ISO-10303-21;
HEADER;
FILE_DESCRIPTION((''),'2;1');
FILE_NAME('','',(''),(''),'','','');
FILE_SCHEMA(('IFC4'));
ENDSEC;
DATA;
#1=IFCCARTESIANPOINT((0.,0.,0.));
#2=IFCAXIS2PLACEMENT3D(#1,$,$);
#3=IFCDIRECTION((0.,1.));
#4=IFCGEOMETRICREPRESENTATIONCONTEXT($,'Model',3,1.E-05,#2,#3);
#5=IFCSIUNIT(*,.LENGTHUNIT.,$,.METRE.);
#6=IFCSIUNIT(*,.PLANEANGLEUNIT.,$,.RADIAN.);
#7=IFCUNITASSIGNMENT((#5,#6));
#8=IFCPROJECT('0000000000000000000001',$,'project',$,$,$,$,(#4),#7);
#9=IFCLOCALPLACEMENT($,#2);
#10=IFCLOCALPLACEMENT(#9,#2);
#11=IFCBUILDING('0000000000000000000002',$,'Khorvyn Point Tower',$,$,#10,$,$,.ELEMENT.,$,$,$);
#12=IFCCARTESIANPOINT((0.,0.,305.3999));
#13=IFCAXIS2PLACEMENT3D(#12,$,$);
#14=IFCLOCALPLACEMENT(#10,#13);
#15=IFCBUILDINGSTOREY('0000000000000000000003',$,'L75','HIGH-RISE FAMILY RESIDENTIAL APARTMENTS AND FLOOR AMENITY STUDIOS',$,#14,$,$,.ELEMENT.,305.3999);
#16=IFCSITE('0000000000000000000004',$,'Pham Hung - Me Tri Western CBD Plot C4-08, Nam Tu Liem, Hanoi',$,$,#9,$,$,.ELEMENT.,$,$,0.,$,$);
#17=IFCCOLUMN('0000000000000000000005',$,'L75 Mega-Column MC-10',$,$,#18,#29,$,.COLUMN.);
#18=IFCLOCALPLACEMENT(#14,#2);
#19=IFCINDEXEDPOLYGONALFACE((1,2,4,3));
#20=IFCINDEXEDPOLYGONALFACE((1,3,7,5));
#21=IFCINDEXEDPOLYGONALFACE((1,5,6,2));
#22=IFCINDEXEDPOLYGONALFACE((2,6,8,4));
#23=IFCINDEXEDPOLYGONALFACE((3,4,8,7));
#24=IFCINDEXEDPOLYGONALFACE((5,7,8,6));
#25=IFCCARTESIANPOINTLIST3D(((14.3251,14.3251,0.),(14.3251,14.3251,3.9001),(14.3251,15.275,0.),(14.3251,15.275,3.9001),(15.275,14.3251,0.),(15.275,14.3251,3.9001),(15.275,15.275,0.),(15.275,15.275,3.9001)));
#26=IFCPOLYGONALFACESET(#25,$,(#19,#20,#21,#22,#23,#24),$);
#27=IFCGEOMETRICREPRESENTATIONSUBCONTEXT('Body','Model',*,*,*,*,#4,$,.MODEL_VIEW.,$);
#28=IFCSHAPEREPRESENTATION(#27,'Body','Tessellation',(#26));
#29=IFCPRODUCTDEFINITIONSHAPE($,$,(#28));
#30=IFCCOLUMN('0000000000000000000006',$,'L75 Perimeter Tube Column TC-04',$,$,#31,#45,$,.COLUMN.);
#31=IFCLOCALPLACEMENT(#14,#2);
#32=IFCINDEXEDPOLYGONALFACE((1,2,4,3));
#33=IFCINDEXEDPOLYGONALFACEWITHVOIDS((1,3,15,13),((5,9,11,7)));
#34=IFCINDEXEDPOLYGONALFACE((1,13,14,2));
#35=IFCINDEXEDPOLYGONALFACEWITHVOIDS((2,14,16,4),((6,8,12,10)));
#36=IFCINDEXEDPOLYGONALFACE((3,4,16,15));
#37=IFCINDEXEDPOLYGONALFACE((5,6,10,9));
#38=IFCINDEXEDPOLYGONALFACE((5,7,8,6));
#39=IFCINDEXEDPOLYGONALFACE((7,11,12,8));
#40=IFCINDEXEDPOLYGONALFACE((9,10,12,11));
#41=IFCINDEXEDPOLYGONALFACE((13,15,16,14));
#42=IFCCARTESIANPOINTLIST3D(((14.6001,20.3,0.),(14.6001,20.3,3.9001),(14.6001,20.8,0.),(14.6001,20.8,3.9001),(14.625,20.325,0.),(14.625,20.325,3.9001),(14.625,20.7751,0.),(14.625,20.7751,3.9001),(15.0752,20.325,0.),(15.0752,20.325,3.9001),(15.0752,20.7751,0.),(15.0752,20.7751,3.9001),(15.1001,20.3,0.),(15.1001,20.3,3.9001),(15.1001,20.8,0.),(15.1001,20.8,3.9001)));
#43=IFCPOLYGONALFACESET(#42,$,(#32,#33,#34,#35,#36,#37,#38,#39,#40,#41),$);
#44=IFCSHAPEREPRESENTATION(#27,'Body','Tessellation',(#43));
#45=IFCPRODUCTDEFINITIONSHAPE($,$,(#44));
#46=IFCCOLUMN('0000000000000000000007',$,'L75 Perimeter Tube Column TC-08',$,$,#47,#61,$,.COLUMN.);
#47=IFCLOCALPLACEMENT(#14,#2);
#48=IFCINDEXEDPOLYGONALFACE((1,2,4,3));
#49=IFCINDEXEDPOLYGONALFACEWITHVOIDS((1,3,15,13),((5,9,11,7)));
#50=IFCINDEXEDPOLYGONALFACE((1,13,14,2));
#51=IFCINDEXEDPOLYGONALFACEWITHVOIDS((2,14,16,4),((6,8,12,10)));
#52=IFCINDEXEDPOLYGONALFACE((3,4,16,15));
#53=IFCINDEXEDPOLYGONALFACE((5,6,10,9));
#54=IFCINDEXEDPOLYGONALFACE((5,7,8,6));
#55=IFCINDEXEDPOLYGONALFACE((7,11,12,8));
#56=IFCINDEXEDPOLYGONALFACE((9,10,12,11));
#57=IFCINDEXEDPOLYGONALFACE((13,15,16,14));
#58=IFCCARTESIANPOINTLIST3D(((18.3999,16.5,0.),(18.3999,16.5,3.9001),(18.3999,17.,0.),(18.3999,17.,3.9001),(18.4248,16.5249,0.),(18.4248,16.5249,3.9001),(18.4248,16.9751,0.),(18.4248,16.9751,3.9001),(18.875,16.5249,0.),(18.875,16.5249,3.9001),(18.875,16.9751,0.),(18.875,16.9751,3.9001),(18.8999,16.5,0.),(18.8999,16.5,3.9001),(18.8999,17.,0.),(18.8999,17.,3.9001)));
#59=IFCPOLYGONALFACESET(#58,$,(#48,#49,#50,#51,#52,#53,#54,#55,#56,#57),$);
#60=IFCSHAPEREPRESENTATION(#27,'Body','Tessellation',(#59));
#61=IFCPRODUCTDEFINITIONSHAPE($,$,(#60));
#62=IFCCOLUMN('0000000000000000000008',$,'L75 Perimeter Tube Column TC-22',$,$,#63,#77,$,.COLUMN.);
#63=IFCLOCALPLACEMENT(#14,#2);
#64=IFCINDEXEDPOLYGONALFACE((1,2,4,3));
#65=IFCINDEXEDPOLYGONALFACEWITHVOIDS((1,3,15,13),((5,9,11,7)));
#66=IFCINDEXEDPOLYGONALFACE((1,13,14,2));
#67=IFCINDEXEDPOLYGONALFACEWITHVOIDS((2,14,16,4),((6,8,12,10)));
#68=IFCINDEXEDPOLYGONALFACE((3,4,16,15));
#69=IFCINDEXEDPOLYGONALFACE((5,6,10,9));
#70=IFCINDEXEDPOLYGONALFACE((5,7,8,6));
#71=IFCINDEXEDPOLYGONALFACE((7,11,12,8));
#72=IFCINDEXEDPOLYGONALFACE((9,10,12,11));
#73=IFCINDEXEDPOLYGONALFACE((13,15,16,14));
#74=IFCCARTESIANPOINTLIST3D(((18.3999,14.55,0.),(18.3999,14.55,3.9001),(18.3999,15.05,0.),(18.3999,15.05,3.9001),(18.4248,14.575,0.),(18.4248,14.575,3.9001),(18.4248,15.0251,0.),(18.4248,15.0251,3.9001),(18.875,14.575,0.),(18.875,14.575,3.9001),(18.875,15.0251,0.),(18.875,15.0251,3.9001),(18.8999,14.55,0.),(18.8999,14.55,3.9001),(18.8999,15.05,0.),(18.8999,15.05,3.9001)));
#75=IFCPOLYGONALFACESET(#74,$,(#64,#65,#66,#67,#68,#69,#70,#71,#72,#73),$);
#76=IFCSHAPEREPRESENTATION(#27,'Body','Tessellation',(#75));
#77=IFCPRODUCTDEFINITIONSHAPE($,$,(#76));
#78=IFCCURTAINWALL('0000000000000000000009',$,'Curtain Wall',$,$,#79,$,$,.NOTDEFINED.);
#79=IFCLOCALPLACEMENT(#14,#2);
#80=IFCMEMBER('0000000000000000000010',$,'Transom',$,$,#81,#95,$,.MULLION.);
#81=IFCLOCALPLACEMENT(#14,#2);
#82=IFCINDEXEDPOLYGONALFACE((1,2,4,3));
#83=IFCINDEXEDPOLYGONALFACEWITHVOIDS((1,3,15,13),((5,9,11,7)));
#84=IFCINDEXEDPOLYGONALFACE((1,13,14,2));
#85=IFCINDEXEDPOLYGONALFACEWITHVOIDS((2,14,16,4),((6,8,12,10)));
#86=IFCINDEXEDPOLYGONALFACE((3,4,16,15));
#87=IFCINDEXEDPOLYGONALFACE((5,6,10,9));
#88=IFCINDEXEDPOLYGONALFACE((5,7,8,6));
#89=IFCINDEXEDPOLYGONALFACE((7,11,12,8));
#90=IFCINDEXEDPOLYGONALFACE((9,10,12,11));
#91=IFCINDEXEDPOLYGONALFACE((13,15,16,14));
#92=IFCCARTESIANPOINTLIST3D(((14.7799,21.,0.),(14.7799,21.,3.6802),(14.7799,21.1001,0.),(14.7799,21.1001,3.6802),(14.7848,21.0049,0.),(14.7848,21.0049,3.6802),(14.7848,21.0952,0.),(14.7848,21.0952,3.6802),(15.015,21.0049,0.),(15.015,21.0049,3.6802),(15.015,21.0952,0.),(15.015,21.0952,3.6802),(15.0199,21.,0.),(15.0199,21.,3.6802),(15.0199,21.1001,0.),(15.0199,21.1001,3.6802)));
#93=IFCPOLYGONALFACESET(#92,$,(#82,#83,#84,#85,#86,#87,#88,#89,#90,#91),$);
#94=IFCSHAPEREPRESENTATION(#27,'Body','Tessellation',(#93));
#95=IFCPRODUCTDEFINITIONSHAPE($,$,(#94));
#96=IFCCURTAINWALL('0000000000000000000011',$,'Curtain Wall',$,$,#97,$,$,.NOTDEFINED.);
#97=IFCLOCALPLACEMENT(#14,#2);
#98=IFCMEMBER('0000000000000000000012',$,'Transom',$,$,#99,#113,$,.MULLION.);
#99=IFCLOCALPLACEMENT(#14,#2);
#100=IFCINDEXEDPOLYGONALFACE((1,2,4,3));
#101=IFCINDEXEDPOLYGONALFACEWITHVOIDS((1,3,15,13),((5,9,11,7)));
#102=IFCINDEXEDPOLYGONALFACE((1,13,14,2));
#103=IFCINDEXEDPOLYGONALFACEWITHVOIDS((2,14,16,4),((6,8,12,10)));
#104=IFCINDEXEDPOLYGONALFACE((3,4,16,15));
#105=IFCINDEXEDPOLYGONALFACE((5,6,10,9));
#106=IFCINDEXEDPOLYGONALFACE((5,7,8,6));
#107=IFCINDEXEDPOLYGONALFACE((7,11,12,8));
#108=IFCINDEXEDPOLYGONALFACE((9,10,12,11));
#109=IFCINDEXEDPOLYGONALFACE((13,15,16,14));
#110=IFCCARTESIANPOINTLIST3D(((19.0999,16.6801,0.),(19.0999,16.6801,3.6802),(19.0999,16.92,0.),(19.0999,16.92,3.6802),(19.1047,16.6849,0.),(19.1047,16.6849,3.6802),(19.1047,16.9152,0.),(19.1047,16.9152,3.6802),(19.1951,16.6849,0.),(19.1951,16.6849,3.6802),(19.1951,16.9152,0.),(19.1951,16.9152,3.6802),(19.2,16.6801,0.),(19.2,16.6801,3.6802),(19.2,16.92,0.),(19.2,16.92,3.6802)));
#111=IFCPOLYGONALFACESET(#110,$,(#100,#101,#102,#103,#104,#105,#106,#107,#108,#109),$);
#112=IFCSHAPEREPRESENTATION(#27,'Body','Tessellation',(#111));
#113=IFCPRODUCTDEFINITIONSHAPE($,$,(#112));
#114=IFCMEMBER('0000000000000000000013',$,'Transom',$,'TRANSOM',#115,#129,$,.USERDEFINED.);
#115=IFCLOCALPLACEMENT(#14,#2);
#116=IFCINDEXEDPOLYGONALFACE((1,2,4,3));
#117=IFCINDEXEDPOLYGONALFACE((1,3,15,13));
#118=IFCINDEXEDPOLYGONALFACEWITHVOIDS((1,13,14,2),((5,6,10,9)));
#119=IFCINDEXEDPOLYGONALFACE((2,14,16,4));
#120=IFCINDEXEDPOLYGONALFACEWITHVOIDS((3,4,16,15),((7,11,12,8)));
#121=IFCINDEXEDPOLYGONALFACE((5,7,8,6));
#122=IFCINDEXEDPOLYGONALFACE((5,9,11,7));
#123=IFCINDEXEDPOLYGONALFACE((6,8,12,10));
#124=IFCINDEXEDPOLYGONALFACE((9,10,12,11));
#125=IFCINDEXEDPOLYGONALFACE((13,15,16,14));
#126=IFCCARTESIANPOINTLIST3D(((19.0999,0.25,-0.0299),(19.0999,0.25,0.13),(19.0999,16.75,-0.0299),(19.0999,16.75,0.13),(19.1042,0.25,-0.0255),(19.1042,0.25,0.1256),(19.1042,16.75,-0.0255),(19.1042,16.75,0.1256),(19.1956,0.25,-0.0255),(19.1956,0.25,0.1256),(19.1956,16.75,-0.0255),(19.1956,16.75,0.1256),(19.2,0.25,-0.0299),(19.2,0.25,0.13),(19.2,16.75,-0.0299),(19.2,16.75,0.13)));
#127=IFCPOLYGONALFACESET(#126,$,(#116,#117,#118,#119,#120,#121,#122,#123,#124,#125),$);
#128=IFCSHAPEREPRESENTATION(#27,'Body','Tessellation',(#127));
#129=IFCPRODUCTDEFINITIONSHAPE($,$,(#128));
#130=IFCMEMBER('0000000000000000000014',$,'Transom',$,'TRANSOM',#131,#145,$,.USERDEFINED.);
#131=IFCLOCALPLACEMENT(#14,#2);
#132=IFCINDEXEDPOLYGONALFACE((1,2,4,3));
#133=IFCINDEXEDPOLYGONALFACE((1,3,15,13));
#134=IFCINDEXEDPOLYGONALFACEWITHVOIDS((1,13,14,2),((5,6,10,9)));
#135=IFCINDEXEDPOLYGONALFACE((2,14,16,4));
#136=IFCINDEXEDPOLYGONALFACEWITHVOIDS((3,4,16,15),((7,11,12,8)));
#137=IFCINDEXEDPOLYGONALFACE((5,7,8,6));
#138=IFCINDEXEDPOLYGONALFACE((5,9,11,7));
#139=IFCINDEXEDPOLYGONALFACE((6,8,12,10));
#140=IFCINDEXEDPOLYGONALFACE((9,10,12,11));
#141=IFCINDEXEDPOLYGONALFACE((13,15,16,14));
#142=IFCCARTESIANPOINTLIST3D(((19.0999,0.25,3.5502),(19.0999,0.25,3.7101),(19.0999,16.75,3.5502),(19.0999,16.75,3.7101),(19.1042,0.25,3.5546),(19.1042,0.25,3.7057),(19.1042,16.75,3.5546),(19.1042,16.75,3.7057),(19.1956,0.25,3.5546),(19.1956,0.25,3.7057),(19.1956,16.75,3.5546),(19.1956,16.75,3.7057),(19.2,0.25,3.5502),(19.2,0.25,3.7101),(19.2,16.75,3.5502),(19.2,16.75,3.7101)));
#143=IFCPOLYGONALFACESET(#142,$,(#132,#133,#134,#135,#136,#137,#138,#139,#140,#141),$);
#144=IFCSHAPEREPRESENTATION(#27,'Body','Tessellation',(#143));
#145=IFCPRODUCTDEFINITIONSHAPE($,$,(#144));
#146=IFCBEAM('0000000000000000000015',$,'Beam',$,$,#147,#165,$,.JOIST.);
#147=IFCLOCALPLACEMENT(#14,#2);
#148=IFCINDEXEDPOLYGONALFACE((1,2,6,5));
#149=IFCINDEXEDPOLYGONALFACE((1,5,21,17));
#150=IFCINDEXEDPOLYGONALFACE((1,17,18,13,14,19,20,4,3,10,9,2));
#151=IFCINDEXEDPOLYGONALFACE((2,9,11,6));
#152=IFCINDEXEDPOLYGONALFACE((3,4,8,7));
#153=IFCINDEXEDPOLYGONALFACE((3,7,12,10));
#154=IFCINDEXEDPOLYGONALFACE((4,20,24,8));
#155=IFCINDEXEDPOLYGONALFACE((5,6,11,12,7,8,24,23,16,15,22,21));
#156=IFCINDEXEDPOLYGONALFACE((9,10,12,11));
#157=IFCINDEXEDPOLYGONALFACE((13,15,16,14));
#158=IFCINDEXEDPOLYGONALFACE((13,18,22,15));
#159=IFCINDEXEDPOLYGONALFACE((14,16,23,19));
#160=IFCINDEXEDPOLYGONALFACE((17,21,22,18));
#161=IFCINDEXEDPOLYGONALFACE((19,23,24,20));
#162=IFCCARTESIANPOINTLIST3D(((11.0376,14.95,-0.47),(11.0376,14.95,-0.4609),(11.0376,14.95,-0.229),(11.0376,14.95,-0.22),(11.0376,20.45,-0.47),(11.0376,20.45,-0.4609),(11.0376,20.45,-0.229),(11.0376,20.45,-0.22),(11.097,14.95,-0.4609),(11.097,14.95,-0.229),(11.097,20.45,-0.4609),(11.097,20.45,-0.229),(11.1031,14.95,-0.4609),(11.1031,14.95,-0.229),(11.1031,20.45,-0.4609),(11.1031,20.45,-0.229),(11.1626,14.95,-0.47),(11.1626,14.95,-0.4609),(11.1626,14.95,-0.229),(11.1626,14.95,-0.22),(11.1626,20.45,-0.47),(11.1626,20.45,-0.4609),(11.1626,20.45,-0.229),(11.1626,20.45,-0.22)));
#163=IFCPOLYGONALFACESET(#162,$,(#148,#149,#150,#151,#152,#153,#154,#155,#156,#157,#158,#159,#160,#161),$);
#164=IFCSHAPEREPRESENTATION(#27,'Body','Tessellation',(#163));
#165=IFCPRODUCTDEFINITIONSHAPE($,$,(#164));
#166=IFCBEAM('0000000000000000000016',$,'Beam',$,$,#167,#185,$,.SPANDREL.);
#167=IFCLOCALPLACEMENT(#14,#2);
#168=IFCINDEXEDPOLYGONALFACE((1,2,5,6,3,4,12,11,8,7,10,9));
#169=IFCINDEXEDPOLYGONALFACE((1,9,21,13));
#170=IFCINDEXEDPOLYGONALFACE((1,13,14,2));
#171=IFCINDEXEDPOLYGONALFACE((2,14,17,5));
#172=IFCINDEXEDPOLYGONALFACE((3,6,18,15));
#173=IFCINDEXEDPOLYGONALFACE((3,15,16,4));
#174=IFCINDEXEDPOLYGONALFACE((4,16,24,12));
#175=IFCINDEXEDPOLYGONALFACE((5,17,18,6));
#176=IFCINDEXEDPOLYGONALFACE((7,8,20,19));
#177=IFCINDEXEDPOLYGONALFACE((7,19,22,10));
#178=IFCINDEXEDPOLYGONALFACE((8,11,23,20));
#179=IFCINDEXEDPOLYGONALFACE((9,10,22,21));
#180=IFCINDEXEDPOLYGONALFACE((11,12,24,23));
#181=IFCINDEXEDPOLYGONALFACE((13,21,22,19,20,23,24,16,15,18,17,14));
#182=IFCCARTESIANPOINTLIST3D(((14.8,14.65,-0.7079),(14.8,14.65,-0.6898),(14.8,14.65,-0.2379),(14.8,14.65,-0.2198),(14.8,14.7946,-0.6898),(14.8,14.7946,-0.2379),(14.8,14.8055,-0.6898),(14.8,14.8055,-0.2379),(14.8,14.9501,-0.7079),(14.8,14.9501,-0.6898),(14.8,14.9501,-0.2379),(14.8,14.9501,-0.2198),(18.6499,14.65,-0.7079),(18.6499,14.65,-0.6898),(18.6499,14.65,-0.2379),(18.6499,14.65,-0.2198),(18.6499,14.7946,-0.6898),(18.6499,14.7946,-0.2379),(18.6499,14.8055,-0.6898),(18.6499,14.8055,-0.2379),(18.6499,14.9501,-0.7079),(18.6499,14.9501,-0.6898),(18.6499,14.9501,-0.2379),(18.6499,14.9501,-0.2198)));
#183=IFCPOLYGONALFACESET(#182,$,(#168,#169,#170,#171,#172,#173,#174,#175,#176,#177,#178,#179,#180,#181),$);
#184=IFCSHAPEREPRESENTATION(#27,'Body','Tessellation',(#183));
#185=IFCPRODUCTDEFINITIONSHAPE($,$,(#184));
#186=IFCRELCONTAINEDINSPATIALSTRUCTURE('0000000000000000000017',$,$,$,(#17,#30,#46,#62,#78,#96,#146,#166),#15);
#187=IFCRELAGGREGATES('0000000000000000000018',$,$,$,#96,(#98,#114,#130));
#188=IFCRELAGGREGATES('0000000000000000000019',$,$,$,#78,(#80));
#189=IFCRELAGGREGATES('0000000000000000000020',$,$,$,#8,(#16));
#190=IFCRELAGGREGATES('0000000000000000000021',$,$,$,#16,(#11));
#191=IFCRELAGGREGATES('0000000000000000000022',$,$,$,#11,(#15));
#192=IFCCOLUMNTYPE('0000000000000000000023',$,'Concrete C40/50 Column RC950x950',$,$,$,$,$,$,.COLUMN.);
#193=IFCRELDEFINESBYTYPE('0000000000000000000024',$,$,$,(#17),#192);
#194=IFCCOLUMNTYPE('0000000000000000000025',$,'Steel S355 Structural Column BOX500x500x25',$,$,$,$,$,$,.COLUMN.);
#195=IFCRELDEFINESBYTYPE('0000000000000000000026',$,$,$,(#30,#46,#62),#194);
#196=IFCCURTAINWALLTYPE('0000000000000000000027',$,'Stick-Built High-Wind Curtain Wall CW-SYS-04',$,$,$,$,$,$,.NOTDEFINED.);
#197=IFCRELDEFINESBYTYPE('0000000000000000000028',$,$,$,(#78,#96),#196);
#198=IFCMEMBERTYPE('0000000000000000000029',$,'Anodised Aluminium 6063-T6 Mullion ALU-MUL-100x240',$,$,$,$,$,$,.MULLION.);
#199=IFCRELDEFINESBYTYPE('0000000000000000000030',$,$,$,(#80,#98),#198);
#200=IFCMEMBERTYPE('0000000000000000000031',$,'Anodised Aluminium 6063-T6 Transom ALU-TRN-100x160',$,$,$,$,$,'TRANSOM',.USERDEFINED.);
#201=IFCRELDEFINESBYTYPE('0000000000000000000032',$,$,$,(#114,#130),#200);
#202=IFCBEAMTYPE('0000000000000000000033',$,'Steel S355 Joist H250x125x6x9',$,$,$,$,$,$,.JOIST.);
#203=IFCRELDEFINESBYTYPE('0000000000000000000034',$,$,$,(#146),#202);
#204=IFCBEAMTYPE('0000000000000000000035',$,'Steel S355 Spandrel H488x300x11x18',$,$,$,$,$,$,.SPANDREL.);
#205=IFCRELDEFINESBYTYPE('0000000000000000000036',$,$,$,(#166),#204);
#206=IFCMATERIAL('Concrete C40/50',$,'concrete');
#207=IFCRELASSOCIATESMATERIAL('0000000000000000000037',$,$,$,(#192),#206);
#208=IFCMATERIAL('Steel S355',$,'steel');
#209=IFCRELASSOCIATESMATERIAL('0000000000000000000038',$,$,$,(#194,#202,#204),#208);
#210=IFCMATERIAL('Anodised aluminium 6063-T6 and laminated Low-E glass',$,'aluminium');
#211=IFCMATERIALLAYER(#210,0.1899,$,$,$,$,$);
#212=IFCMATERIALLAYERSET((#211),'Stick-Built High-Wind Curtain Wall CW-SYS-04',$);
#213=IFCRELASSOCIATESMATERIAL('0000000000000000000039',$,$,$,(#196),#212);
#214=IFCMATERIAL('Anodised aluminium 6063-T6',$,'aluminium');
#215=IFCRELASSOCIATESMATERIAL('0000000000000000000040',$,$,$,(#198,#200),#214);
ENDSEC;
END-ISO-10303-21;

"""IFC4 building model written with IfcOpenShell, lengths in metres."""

from ifc_helpers import new_model, si_unit, direction, frame, origin, origin_2d, place, context, subcontext, project, spatial, rectangle, hollow_rectangle, i_section, extrude, material, layer, layer_set, material_profile, profile_set, type_object, element, aggregate, save


model = new_model("IFC4")

# Units and contexts
model_context = context("Model", 3, precision=1e-05, world=origin(), true_north=direction((0.0, 1.0)))
body_context = subcontext(model_context, "Body", "Model", "MODEL_VIEW")
ifc_project = project(units=[si_unit("LENGTHUNIT", "METRE"), si_unit("PLANEANGLEUNIT", "RADIAN")], contexts=[model_context])

# Site, building, storey
site_placement = place(None, origin())
site = spatial("IfcSite", under=ifc_project, at=site_placement, Name="Pham Hung - Me Tri Western CBD Plot C4-08, Nam Tu Liem, Hanoi", CompositionType="ELEMENT", RefElevation=0.0)
building_placement = place(site_placement, origin())
building = spatial("IfcBuilding", under=site, at=building_placement, Name="Khorvyn Point Tower", CompositionType="ELEMENT")
storey_placement = place(building_placement, frame((0.0, 0.0, 305.3999)))
storey = spatial("IfcBuildingStorey", under=building, at=storey_placement, Name="L75", Description="HIGH-RISE FAMILY RESIDENTIAL APARTMENTS AND FLOOR AMENITY STUDIOS", CompositionType="ELEMENT", Elevation=305.3999)

# Columns
ifc_material_1 = material(Name="Concrete C40/50", Category="concrete")
ifc_material_profile_1 = material_profile(ifc_material_1, rectangle(XDim=0.95, YDim=0.95, at=origin_2d()))
ifc_profile_set_1 = profile_set([ifc_material_profile_1], Name="Concrete C40/50 RC950x950")
column_type_1 = type_object("IfcColumnType", Name="Concrete C40/50 Column RC950x950", PredefinedType="COLUMN", material=ifc_profile_set_1)
column_placement = place(storey_placement, frame((14.8, 14.8, 0.0), z_axis=(0.0, 0.0, 1.0), x_axis=(1.0, 0.0, 0.0)))
element("IfcColumn", 1, at=column_placement, inside=storey, type_object=column_type_1, Name="L75 Mega-Column MC-10", PredefinedType="COLUMN", context=body_context, shape_type="SweptSolid", body=[
    extrude(rectangle(XDim=0.95, YDim=0.95, at=origin_2d()), origin(), (0.0, 0.0, 1.0), 3.9001),
])
ifc_material_2 = material(Name="Steel S355", Category="steel")
ifc_material_profile_2 = material_profile(ifc_material_2, hollow_rectangle(XDim=0.5, YDim=0.5, WallThickness=0.0249, at=origin_2d()))
ifc_profile_set_2 = profile_set([ifc_material_profile_2], Name="Steel S355 BOX500x500x25")
column_type_2 = type_object("IfcColumnType", Name="Steel S355 Structural Column BOX500x500x25", PredefinedType="COLUMN", material=ifc_profile_set_2)
for number, where, z_axis, x_axis, name in (
    (2, (14.8501, 20.55, 0.0), (0.0, 0.0, 1.0), (1.0, 0.0, 0.0), "L75 Perimeter Tube Column TC-04"),
    (3, (18.6499, 16.75, 0.0), (0.0, 0.0, 1.0), (1.0, 0.0, 0.0), "L75 Perimeter Tube Column TC-08"),
    (4, (18.6499, 14.8, 0.0), (0.0, 0.0, 1.0), (1.0, 0.0, 0.0), "L75 Perimeter Tube Column TC-22"),
):
    element("IfcColumn", number, at=place(storey_placement, frame(where, z_axis=z_axis, x_axis=x_axis)), inside=storey, type_object=column_type_2, Name=name, PredefinedType="COLUMN", context=body_context, shape_type="SweptSolid", body=[
        extrude(hollow_rectangle(XDim=0.5, YDim=0.5, WallThickness=0.0249, at=origin_2d()), origin(), (0.0, 0.0, 1.0), 3.9001),
    ])

# Curtain wall, member
ifc_material_3 = material(Name="Anodised aluminium 6063-T6 and laminated Low-E glass", Category="aluminium")
ifc_layer_1 = layer(ifc_material_3, 0.1899)
ifc_layer_set_1 = layer_set([ifc_layer_1], Name="Stick-Built High-Wind Curtain Wall CW-SYS-04")
curtain_wall_type = type_object("IfcCurtainWallType", Name="Stick-Built High-Wind Curtain Wall CW-SYS-04", PredefinedType="NOTDEFINED", material=ifc_layer_set_1)
curtain_wall_1_placement = place(storey_placement, origin())
curtain_wall_1 = element("IfcCurtainWall", 5, at=curtain_wall_1_placement, inside=storey, type_object=curtain_wall_type, Name="Curtain Wall", PredefinedType="NOTDEFINED")
ifc_material_4 = material(Name="Anodised aluminium 6063-T6", Category="aluminium")
ifc_material_profile_3 = material_profile(ifc_material_4, hollow_rectangle(XDim=0.1001, YDim=0.24, WallThickness=0.0049, at=origin_2d()))
ifc_profile_set_3 = profile_set([ifc_material_profile_3], Name="Anodised aluminium 6063-T6 ALU-MUL-100x240")
member_type_1 = type_object("IfcMemberType", Name="Anodised Aluminium 6063-T6 Mullion ALU-MUL-100x240", PredefinedType="MULLION", material=ifc_profile_set_3)
member_1_placement = place(storey_placement, frame((14.8999, 21.05, 0.0), z_axis=(0.0, 0.0, 1.0), x_axis=(0.0, 1.0, 0.0)))
member_1 = element("IfcMember", 6, at=member_1_placement, type_object=member_type_1, Name="Transom", PredefinedType="MULLION", context=body_context, shape_type="SweptSolid", body=[
    extrude(hollow_rectangle(XDim=0.1001, YDim=0.24, WallThickness=0.0049, at=origin_2d()), origin(), (0.0, 0.0, 1.0), 3.6802),
])

# Curtain wall, members
curtain_wall_2_placement = place(storey_placement, origin())
curtain_wall_2 = element("IfcCurtainWall", 7, at=curtain_wall_2_placement, inside=storey, type_object=curtain_wall_type, Name="Curtain Wall", PredefinedType="NOTDEFINED")
member_2_placement = place(storey_placement, frame((19.1499, 16.8, 0.0), z_axis=(0.0, 0.0, 1.0), x_axis=(1.0, 0.0, 0.0)))
member_2 = element("IfcMember", 8, at=member_2_placement, type_object=member_type_1, Name="Transom", PredefinedType="MULLION", context=body_context, shape_type="SweptSolid", body=[
    extrude(hollow_rectangle(XDim=0.1001, YDim=0.24, WallThickness=0.0049, at=origin_2d()), origin(), (0.0, 0.0, 1.0), 3.6802),
])
ifc_material_profile_4 = material_profile(ifc_material_4, hollow_rectangle(XDim=0.1001, YDim=0.1599, WallThickness=0.0044, at=origin_2d()))
ifc_profile_set_4 = profile_set([ifc_material_profile_4], Name="Anodised aluminium 6063-T6 ALU-TRN-100x160")
member_type_2 = type_object("IfcMemberType", Name="Anodised Aluminium 6063-T6 Transom ALU-TRN-100x160", ElementType="TRANSOM", PredefinedType="USERDEFINED", material=ifc_profile_set_4)
member_3_placement = place(storey_placement, frame((19.1499, 16.75, 0.05), z_axis=(0.0, -1.0, 0.0), x_axis=(1.0, 0.0, 0.0)))
member_3 = element("IfcMember", 9, at=member_3_placement, type_object=member_type_2, Name="Transom", ObjectType="TRANSOM", PredefinedType="USERDEFINED", context=body_context, shape_type="SweptSolid", body=[
    extrude(hollow_rectangle(XDim=0.1001, YDim=0.1599, WallThickness=0.0044, at=origin_2d()), origin(), (0.0, 0.0, 1.0), 16.5),
])
member_4_placement = place(storey_placement, frame((19.1499, 16.75, 3.6301), z_axis=(0.0, -1.0, 0.0), x_axis=(1.0, 0.0, 0.0)))
member_4 = element("IfcMember", 10, at=member_4_placement, type_object=member_type_2, Name="Transom", ObjectType="TRANSOM", PredefinedType="USERDEFINED", context=body_context, shape_type="SweptSolid", body=[
    extrude(hollow_rectangle(XDim=0.1001, YDim=0.1599, WallThickness=0.0044, at=origin_2d()), origin(), (0.0, 0.0, 1.0), 16.5),
])
aggregate(curtain_wall_2, [member_2, member_3, member_4])

# Beams
ifc_material_profile_5 = material_profile(ifc_material_2, i_section(OverallWidth=0.125, OverallDepth=0.25, WebThickness=0.0061, FlangeThickness=0.009, at=origin_2d()))
ifc_profile_set_5 = profile_set([ifc_material_profile_5], Name="Steel S355 H250x125x6x9")
beam_type_1 = type_object("IfcBeamType", Name="Steel S355 Joist H250x125x6x9", PredefinedType="JOIST", material=ifc_profile_set_5)
beam_1_placement = place(storey_placement, frame((11.1001, 14.95, -0.345), z_axis=(0.0, 1.0, 0.0), x_axis=(-1.0, 0.0, 0.0)))
element("IfcBeam", 11, at=beam_1_placement, inside=storey, type_object=beam_type_1, Name="Beam", PredefinedType="JOIST", context=body_context, shape_type="SweptSolid", body=[
    extrude(i_section(OverallWidth=0.125, OverallDepth=0.25, WebThickness=0.0061, FlangeThickness=0.009, at=origin_2d()), origin(), (0.0, 0.0, 1.0), 5.5),
])
ifc_material_profile_6 = material_profile(ifc_material_2, i_section(OverallWidth=0.3, OverallDepth=0.488, WebThickness=0.011, FlangeThickness=0.0181, at=origin_2d()))
ifc_profile_set_6 = profile_set([ifc_material_profile_6], Name="Steel S355 H488x300x11x18")
beam_type_2 = type_object("IfcBeamType", Name="Steel S355 Spandrel H488x300x11x18", PredefinedType="SPANDREL", material=ifc_profile_set_6)
beam_2_placement = place(storey_placement, frame((14.8, 14.8, -0.4639), z_axis=(1.0, 0.0, 0.0), x_axis=(0.0, 1.0, 0.0)))
element("IfcBeam", 12, at=beam_2_placement, inside=storey, type_object=beam_type_2, Name="Beam", PredefinedType="SPANDREL", context=body_context, shape_type="SweptSolid", body=[
    extrude(i_section(OverallWidth=0.3, OverallDepth=0.488, WebThickness=0.011, FlangeThickness=0.0181, at=origin_2d()), origin(), (0.0, 0.0, 1.0), 3.8499),
])

aggregate(curtain_wall_1, [member_1])

save(model, "model.ifc")
